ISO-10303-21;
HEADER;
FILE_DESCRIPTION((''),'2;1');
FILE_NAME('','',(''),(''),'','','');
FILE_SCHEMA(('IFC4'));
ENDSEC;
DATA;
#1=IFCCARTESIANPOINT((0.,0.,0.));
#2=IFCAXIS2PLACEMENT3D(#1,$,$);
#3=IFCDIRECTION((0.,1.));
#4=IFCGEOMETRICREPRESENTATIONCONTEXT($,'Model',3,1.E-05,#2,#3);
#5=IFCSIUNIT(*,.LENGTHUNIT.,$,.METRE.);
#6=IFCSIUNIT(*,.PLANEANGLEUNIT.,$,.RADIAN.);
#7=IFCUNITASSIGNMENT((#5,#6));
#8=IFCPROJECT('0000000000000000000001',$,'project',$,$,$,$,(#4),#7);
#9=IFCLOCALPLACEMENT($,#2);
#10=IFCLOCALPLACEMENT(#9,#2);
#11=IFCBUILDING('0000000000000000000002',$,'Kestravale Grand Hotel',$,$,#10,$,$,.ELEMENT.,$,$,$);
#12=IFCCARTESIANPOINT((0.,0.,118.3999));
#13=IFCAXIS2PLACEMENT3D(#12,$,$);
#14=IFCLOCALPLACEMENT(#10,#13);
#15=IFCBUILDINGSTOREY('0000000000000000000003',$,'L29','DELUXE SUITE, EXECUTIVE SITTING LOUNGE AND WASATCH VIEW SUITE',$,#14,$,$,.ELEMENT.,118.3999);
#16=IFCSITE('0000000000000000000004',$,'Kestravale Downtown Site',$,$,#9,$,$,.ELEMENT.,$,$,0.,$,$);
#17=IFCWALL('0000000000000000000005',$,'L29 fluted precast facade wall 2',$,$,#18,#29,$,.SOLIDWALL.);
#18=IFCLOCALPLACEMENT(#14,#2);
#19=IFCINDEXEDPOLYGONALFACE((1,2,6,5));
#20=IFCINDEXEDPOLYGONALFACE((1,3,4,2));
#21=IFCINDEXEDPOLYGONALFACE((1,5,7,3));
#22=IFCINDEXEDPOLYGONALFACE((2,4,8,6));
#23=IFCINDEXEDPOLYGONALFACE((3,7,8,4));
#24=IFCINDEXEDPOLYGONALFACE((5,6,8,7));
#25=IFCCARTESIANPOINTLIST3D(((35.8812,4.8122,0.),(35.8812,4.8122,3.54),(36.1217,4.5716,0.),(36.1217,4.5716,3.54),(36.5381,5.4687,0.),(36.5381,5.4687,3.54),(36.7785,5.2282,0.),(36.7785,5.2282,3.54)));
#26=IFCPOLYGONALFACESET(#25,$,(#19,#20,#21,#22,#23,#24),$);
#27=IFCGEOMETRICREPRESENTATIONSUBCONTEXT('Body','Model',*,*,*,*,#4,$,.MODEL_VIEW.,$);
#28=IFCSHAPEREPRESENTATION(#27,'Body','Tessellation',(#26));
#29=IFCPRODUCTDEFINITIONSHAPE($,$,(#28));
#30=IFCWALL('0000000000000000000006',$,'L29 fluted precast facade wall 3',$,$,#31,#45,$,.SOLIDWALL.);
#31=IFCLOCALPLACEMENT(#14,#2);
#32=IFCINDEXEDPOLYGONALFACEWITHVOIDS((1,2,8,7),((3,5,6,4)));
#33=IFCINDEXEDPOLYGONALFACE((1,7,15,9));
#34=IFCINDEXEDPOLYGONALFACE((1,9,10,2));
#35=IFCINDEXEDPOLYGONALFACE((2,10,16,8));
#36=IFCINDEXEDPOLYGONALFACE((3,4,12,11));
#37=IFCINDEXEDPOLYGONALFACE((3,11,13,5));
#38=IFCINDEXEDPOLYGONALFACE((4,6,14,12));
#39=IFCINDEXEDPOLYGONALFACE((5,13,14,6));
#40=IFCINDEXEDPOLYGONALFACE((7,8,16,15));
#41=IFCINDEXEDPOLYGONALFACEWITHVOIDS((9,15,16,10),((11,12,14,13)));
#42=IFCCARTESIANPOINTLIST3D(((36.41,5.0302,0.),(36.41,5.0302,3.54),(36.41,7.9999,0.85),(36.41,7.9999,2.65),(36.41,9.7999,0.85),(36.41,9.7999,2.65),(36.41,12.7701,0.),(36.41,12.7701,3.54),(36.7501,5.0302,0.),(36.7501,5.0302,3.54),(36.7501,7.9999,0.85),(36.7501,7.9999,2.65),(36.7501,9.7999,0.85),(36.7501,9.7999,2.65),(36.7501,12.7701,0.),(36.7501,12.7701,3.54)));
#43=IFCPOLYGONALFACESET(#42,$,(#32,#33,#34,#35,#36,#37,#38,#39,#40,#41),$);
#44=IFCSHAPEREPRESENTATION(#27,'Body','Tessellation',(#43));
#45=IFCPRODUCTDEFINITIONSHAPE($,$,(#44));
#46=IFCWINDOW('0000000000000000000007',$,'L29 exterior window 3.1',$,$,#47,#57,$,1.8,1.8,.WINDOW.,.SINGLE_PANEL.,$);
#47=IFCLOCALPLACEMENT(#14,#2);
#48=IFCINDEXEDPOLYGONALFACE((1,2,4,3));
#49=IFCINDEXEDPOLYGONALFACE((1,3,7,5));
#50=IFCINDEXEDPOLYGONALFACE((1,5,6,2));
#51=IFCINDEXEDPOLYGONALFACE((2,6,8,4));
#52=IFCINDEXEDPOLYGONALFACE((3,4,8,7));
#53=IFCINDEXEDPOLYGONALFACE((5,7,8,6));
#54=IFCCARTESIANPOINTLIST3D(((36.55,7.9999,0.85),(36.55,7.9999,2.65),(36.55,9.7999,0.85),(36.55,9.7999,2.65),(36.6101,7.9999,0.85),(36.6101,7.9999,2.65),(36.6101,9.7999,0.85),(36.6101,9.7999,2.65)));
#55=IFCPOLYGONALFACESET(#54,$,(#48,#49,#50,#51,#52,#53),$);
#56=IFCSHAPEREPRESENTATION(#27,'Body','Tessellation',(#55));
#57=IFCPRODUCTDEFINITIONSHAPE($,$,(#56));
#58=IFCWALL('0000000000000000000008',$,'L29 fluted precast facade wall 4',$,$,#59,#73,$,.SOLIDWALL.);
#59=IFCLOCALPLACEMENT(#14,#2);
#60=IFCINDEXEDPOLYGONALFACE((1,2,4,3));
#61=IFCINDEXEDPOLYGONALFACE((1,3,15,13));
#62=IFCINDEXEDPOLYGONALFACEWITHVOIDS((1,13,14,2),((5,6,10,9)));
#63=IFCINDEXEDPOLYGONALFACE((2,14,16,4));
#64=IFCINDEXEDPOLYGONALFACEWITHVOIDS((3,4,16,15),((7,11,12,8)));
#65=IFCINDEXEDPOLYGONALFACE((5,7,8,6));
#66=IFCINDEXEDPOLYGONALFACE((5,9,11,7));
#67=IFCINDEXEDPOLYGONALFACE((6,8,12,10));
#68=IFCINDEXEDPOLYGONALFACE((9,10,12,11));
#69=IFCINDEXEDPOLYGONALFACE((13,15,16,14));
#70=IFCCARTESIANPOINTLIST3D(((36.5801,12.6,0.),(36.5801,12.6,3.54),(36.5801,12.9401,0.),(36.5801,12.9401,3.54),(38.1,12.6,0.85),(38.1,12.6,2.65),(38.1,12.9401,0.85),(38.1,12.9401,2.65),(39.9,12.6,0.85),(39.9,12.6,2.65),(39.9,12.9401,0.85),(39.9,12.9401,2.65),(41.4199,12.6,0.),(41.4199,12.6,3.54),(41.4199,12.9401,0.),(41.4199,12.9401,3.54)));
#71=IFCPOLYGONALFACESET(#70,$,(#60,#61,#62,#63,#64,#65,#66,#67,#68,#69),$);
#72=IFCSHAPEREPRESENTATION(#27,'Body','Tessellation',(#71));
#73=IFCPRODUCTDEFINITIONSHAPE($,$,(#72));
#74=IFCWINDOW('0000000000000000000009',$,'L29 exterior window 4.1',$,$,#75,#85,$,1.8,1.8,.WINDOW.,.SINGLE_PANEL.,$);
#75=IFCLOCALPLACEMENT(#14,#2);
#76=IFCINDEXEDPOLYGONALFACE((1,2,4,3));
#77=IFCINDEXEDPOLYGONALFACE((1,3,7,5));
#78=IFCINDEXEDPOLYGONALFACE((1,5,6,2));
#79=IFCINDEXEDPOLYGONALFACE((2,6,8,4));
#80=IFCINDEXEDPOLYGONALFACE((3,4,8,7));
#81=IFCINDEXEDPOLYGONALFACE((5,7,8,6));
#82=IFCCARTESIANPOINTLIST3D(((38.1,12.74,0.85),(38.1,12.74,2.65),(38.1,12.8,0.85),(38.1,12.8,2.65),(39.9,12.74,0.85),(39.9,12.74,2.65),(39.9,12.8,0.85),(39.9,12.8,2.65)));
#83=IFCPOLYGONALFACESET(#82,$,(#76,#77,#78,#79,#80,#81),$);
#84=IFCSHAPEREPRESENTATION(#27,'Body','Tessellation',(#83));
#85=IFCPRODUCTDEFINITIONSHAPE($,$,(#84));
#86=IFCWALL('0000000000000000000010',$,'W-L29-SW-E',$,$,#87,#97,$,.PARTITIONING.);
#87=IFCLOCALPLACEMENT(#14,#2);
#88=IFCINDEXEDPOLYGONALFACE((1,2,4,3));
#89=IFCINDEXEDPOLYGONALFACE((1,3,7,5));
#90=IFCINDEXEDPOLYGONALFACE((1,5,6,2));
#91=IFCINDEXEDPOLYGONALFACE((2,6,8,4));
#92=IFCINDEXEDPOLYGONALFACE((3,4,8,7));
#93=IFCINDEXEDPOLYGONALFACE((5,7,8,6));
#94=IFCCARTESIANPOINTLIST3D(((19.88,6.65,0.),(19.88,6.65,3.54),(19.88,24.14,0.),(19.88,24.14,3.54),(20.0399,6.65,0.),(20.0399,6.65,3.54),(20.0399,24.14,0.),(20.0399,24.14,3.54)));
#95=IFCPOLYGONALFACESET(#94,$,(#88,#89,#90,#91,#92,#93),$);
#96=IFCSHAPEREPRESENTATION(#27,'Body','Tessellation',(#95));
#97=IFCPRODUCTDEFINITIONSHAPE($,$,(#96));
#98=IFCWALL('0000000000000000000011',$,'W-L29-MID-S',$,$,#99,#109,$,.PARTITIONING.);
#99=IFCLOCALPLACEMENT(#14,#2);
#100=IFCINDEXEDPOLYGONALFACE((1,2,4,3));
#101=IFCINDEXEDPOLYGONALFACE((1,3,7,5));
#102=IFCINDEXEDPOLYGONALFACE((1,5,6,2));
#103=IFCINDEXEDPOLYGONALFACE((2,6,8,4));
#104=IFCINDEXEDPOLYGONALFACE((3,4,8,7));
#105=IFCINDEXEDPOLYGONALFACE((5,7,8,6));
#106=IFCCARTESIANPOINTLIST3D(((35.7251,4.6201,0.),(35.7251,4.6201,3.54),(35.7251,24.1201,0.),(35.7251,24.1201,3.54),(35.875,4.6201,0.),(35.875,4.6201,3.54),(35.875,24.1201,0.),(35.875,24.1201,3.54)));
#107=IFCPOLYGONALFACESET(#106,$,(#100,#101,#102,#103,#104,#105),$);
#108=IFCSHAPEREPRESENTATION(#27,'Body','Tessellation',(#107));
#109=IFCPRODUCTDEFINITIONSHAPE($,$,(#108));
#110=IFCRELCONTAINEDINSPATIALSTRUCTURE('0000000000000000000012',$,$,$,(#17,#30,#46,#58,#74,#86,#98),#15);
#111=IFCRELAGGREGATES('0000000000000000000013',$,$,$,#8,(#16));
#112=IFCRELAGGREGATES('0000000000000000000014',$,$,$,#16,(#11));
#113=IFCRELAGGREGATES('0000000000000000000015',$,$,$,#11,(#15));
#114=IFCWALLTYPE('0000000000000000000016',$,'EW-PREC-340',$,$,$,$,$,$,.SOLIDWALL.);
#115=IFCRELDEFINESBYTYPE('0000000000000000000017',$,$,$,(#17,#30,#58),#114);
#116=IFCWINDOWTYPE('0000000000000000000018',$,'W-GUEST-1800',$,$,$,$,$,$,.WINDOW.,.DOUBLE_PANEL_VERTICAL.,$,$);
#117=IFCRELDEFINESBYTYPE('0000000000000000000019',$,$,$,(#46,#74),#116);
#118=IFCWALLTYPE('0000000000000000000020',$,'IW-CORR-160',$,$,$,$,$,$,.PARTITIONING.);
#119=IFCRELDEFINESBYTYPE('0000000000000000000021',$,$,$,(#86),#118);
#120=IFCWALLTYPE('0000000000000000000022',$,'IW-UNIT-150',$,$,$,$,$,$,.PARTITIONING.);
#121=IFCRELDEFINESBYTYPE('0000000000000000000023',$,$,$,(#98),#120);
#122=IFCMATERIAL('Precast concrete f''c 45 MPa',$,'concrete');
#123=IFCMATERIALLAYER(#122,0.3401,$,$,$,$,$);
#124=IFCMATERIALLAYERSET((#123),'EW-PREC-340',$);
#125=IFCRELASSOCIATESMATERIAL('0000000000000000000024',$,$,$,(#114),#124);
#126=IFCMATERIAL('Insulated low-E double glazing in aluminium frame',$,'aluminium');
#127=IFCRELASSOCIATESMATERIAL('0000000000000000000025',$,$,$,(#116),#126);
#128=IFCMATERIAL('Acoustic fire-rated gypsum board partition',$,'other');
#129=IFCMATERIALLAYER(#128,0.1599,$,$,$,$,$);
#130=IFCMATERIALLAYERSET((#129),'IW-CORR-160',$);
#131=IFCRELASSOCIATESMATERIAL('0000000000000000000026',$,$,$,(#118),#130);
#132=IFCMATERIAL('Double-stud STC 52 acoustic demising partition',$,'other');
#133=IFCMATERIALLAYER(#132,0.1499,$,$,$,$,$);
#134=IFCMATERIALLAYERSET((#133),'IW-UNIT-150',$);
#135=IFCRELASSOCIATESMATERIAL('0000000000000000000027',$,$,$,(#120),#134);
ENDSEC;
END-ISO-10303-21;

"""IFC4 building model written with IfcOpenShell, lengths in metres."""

from ifc_helpers import new_model, si_unit, direction, frame, frame_2d, origin, place, context, subcontext, project, spatial, rectangle, extrude, material, layer, layer_set, type_object, element, fill, save


model = new_model("IFC4")

# Units and contexts
model_context = context("Model", 3, precision=1e-05, world=origin(), true_north=direction((0.0, 1.0)))
body_context = subcontext(model_context, "Body", "Model", "MODEL_VIEW")
ifc_project = project(units=[si_unit("LENGTHUNIT", "METRE"), si_unit("PLANEANGLEUNIT", "RADIAN")], contexts=[model_context])

# Site, building, storey
site_placement = place(None, origin())
site = spatial("IfcSite", under=ifc_project, at=site_placement, Name="Kestravale Downtown Site", CompositionType="ELEMENT", RefElevation=0.0)
building_placement = place(site_placement, origin())
building = spatial("IfcBuilding", under=site, at=building_placement, Name="Kestravale Grand Hotel", CompositionType="ELEMENT")
storey_placement = place(building_placement, frame((0.0, 0.0, 118.3999)))
storey = spatial("IfcBuildingStorey", under=building, at=storey_placement, Name="L29", Description="DELUXE SUITE, EXECUTIVE SITTING LOUNGE AND WASATCH VIEW SUITE", CompositionType="ELEMENT", Elevation=118.3999)

# Wall
ifc_material_1 = material(Name="Precast concrete f'c 45 MPa", Category="concrete")
ifc_layer_1 = layer(ifc_material_1, 0.3401)
ifc_layer_set_1 = layer_set([ifc_layer_1], Name="EW-PREC-340")
wall_type_1 = type_object("IfcWallType", Name="EW-PREC-340", PredefinedType="SOLIDWALL", material=ifc_layer_set_1)
wall_1_placement = place(storey_placement, frame((36.0015, 4.6919, 0.0), z_axis=(0.0, 0.0, 1.0), x_axis=(0.707238, 0.706975, 0.0)))
element("IfcWall", 1, at=wall_1_placement, inside=storey, type_object=wall_type_1, Name="L29 fluted precast facade wall 2", PredefinedType="SOLIDWALL", context=body_context, shape_type="SweptSolid", body=[
    extrude(rectangle(XDim=0.9287, YDim=0.3401, at=frame_2d((0.4644, 0.0))), origin(), (0.0, 0.0, 1.0), 3.54),
])

# Walls, openings, windows
wall_2_placement = place(storey_placement, frame((36.5801, 5.03, 0.0), z_axis=(0.0, 0.0, 1.0), x_axis=(0.0, 1.0, 0.0)))
wall_2 = element("IfcWall", 2, at=wall_2_placement, inside=storey, type_object=wall_type_1, Name="L29 fluted precast facade wall 3", PredefinedType="SOLIDWALL", context=body_context, shape_type="SweptSolid", body=[
    extrude(rectangle(XDim=7.74, YDim=0.3401, at=frame_2d((3.8701, 0.0))), origin(), (0.0, 0.0, 1.0), 3.54),
])
opening_1_placement = place(wall_2_placement, frame((2.97, 0.0, 0.8501)))
opening_1 = element("IfcOpeningElement", 3, at=opening_1_placement, cuts=wall_2, PredefinedType="OPENING", context=body_context, shape_type="SweptSolid", body=[
    extrude(rectangle(XDim=1.8, YDim=1.8, at=frame_2d((0.8999, 0.8999))), frame((0.0, 0.1799, 0.0), z_axis=(0.0, -1.0, 0.0), x_axis=(1.0, 0.0, 0.0)), (0.0, 0.0, 1.0), 0.3601),
])
ifc_material_2 = material(Name="Insulated low-E double glazing in aluminium frame", Category="aluminium")
window_type = type_object("IfcWindowType", Name="W-GUEST-1800", PartitioningType="DOUBLE_PANEL_VERTICAL", PredefinedType="WINDOW", material=ifc_material_2)
window_1_placement = place(opening_1_placement, origin())
window_1 = element("IfcWindow", 4, at=window_1_placement, inside=storey, type_object=window_type, Name="L29 exterior window 3.1", OverallHeight=1.8, OverallWidth=1.8, PartitioningType="SINGLE_PANEL", PredefinedType="WINDOW", context=body_context, shape_type="SweptSolid", body=[
    extrude(rectangle(XDim=1.8, YDim=1.8, at=frame_2d((0.8999, 0.8999))), frame((0.0, 0.03, 0.0), z_axis=(0.0, -1.0, 0.0), x_axis=(1.0, 0.0, 0.0)), (0.0, 0.0, 1.0), 0.0601),
])
fill(opening_1, window_1)
wall_3_placement = place(storey_placement, frame((36.5801, 12.77, 0.0), z_axis=(0.0, 0.0, 1.0), x_axis=(1.0, 0.0, 0.0)))
wall_3 = element("IfcWall", 5, at=wall_3_placement, inside=storey, type_object=wall_type_1, Name="L29 fluted precast facade wall 4", PredefinedType="SOLIDWALL", context=body_context, shape_type="SweptSolid", body=[
    extrude(rectangle(XDim=4.8398, YDim=0.3401, at=frame_2d((2.4199, 0.0))), origin(), (0.0, 0.0, 1.0), 3.54),
])
opening_2_placement = place(wall_3_placement, frame((1.52, 0.0, 0.8501)))
opening_2 = element("IfcOpeningElement", 6, at=opening_2_placement, cuts=wall_3, PredefinedType="OPENING", context=body_context, shape_type="SweptSolid", body=[
    extrude(rectangle(XDim=1.8, YDim=1.8, at=frame_2d((0.8999, 0.8999))), frame((0.0, 0.1799, 0.0), z_axis=(0.0, -1.0, 0.0), x_axis=(1.0, 0.0, 0.0)), (0.0, 0.0, 1.0), 0.3601),
])
window_2_placement = place(opening_2_placement, origin())
window_2 = element("IfcWindow", 7, at=window_2_placement, inside=storey, type_object=window_type, Name="L29 exterior window 4.1", OverallHeight=1.8, OverallWidth=1.8, PartitioningType="SINGLE_PANEL", PredefinedType="WINDOW", context=body_context, shape_type="SweptSolid", body=[
    extrude(rectangle(XDim=1.8, YDim=1.8, at=frame_2d((0.8999, 0.8999))), frame((0.0, 0.03, 0.0), z_axis=(0.0, -1.0, 0.0), x_axis=(1.0, 0.0, 0.0)), (0.0, 0.0, 1.0), 0.0601),
])
fill(opening_2, window_2)

# Walls
ifc_material_3 = material(Name="Acoustic fire-rated gypsum board partition", Category="other")
ifc_layer_2 = layer(ifc_material_3, 0.1599)
ifc_layer_set_2 = layer_set([ifc_layer_2], Name="IW-CORR-160")
wall_type_2 = type_object("IfcWallType", Name="IW-CORR-160", PredefinedType="PARTITIONING", material=ifc_layer_set_2)
wall_4_placement = place(storey_placement, frame((19.96, 6.6499, 0.0), z_axis=(0.0, 0.0, 1.0), x_axis=(0.0, 1.0, 0.0)))
element("IfcWall", 8, at=wall_4_placement, inside=storey, type_object=wall_type_2, Name="W-L29-SW-E", PredefinedType="PARTITIONING", context=body_context, shape_type="SweptSolid", body=[
    extrude(rectangle(XDim=17.49, YDim=0.1599, at=frame_2d((8.7451, 0.0))), origin(), (0.0, 0.0, 1.0), 3.54),
])
ifc_material_4 = material(Name="Double-stud STC 52 acoustic demising partition", Category="other")
ifc_layer_3 = layer(ifc_material_4, 0.1499)
ifc_layer_set_3 = layer_set([ifc_layer_3], Name="IW-UNIT-150")
wall_type_3 = type_object("IfcWallType", Name="IW-UNIT-150", PredefinedType="PARTITIONING", material=ifc_layer_set_3)
wall_5_placement = place(storey_placement, frame((35.8, 4.6201, 0.0), z_axis=(0.0, 0.0, 1.0), x_axis=(0.0, 1.0, 0.0)))
element("IfcWall", 9, at=wall_5_placement, inside=storey, type_object=wall_type_3, Name="W-L29-MID-S", PredefinedType="PARTITIONING", context=body_context, shape_type="SweptSolid", body=[
    extrude(rectangle(XDim=19.5, YDim=0.1499, at=frame_2d((9.75, 0.0))), origin(), (0.0, 0.0, 1.0), 3.54),
])

save(model, "model.ifc")
